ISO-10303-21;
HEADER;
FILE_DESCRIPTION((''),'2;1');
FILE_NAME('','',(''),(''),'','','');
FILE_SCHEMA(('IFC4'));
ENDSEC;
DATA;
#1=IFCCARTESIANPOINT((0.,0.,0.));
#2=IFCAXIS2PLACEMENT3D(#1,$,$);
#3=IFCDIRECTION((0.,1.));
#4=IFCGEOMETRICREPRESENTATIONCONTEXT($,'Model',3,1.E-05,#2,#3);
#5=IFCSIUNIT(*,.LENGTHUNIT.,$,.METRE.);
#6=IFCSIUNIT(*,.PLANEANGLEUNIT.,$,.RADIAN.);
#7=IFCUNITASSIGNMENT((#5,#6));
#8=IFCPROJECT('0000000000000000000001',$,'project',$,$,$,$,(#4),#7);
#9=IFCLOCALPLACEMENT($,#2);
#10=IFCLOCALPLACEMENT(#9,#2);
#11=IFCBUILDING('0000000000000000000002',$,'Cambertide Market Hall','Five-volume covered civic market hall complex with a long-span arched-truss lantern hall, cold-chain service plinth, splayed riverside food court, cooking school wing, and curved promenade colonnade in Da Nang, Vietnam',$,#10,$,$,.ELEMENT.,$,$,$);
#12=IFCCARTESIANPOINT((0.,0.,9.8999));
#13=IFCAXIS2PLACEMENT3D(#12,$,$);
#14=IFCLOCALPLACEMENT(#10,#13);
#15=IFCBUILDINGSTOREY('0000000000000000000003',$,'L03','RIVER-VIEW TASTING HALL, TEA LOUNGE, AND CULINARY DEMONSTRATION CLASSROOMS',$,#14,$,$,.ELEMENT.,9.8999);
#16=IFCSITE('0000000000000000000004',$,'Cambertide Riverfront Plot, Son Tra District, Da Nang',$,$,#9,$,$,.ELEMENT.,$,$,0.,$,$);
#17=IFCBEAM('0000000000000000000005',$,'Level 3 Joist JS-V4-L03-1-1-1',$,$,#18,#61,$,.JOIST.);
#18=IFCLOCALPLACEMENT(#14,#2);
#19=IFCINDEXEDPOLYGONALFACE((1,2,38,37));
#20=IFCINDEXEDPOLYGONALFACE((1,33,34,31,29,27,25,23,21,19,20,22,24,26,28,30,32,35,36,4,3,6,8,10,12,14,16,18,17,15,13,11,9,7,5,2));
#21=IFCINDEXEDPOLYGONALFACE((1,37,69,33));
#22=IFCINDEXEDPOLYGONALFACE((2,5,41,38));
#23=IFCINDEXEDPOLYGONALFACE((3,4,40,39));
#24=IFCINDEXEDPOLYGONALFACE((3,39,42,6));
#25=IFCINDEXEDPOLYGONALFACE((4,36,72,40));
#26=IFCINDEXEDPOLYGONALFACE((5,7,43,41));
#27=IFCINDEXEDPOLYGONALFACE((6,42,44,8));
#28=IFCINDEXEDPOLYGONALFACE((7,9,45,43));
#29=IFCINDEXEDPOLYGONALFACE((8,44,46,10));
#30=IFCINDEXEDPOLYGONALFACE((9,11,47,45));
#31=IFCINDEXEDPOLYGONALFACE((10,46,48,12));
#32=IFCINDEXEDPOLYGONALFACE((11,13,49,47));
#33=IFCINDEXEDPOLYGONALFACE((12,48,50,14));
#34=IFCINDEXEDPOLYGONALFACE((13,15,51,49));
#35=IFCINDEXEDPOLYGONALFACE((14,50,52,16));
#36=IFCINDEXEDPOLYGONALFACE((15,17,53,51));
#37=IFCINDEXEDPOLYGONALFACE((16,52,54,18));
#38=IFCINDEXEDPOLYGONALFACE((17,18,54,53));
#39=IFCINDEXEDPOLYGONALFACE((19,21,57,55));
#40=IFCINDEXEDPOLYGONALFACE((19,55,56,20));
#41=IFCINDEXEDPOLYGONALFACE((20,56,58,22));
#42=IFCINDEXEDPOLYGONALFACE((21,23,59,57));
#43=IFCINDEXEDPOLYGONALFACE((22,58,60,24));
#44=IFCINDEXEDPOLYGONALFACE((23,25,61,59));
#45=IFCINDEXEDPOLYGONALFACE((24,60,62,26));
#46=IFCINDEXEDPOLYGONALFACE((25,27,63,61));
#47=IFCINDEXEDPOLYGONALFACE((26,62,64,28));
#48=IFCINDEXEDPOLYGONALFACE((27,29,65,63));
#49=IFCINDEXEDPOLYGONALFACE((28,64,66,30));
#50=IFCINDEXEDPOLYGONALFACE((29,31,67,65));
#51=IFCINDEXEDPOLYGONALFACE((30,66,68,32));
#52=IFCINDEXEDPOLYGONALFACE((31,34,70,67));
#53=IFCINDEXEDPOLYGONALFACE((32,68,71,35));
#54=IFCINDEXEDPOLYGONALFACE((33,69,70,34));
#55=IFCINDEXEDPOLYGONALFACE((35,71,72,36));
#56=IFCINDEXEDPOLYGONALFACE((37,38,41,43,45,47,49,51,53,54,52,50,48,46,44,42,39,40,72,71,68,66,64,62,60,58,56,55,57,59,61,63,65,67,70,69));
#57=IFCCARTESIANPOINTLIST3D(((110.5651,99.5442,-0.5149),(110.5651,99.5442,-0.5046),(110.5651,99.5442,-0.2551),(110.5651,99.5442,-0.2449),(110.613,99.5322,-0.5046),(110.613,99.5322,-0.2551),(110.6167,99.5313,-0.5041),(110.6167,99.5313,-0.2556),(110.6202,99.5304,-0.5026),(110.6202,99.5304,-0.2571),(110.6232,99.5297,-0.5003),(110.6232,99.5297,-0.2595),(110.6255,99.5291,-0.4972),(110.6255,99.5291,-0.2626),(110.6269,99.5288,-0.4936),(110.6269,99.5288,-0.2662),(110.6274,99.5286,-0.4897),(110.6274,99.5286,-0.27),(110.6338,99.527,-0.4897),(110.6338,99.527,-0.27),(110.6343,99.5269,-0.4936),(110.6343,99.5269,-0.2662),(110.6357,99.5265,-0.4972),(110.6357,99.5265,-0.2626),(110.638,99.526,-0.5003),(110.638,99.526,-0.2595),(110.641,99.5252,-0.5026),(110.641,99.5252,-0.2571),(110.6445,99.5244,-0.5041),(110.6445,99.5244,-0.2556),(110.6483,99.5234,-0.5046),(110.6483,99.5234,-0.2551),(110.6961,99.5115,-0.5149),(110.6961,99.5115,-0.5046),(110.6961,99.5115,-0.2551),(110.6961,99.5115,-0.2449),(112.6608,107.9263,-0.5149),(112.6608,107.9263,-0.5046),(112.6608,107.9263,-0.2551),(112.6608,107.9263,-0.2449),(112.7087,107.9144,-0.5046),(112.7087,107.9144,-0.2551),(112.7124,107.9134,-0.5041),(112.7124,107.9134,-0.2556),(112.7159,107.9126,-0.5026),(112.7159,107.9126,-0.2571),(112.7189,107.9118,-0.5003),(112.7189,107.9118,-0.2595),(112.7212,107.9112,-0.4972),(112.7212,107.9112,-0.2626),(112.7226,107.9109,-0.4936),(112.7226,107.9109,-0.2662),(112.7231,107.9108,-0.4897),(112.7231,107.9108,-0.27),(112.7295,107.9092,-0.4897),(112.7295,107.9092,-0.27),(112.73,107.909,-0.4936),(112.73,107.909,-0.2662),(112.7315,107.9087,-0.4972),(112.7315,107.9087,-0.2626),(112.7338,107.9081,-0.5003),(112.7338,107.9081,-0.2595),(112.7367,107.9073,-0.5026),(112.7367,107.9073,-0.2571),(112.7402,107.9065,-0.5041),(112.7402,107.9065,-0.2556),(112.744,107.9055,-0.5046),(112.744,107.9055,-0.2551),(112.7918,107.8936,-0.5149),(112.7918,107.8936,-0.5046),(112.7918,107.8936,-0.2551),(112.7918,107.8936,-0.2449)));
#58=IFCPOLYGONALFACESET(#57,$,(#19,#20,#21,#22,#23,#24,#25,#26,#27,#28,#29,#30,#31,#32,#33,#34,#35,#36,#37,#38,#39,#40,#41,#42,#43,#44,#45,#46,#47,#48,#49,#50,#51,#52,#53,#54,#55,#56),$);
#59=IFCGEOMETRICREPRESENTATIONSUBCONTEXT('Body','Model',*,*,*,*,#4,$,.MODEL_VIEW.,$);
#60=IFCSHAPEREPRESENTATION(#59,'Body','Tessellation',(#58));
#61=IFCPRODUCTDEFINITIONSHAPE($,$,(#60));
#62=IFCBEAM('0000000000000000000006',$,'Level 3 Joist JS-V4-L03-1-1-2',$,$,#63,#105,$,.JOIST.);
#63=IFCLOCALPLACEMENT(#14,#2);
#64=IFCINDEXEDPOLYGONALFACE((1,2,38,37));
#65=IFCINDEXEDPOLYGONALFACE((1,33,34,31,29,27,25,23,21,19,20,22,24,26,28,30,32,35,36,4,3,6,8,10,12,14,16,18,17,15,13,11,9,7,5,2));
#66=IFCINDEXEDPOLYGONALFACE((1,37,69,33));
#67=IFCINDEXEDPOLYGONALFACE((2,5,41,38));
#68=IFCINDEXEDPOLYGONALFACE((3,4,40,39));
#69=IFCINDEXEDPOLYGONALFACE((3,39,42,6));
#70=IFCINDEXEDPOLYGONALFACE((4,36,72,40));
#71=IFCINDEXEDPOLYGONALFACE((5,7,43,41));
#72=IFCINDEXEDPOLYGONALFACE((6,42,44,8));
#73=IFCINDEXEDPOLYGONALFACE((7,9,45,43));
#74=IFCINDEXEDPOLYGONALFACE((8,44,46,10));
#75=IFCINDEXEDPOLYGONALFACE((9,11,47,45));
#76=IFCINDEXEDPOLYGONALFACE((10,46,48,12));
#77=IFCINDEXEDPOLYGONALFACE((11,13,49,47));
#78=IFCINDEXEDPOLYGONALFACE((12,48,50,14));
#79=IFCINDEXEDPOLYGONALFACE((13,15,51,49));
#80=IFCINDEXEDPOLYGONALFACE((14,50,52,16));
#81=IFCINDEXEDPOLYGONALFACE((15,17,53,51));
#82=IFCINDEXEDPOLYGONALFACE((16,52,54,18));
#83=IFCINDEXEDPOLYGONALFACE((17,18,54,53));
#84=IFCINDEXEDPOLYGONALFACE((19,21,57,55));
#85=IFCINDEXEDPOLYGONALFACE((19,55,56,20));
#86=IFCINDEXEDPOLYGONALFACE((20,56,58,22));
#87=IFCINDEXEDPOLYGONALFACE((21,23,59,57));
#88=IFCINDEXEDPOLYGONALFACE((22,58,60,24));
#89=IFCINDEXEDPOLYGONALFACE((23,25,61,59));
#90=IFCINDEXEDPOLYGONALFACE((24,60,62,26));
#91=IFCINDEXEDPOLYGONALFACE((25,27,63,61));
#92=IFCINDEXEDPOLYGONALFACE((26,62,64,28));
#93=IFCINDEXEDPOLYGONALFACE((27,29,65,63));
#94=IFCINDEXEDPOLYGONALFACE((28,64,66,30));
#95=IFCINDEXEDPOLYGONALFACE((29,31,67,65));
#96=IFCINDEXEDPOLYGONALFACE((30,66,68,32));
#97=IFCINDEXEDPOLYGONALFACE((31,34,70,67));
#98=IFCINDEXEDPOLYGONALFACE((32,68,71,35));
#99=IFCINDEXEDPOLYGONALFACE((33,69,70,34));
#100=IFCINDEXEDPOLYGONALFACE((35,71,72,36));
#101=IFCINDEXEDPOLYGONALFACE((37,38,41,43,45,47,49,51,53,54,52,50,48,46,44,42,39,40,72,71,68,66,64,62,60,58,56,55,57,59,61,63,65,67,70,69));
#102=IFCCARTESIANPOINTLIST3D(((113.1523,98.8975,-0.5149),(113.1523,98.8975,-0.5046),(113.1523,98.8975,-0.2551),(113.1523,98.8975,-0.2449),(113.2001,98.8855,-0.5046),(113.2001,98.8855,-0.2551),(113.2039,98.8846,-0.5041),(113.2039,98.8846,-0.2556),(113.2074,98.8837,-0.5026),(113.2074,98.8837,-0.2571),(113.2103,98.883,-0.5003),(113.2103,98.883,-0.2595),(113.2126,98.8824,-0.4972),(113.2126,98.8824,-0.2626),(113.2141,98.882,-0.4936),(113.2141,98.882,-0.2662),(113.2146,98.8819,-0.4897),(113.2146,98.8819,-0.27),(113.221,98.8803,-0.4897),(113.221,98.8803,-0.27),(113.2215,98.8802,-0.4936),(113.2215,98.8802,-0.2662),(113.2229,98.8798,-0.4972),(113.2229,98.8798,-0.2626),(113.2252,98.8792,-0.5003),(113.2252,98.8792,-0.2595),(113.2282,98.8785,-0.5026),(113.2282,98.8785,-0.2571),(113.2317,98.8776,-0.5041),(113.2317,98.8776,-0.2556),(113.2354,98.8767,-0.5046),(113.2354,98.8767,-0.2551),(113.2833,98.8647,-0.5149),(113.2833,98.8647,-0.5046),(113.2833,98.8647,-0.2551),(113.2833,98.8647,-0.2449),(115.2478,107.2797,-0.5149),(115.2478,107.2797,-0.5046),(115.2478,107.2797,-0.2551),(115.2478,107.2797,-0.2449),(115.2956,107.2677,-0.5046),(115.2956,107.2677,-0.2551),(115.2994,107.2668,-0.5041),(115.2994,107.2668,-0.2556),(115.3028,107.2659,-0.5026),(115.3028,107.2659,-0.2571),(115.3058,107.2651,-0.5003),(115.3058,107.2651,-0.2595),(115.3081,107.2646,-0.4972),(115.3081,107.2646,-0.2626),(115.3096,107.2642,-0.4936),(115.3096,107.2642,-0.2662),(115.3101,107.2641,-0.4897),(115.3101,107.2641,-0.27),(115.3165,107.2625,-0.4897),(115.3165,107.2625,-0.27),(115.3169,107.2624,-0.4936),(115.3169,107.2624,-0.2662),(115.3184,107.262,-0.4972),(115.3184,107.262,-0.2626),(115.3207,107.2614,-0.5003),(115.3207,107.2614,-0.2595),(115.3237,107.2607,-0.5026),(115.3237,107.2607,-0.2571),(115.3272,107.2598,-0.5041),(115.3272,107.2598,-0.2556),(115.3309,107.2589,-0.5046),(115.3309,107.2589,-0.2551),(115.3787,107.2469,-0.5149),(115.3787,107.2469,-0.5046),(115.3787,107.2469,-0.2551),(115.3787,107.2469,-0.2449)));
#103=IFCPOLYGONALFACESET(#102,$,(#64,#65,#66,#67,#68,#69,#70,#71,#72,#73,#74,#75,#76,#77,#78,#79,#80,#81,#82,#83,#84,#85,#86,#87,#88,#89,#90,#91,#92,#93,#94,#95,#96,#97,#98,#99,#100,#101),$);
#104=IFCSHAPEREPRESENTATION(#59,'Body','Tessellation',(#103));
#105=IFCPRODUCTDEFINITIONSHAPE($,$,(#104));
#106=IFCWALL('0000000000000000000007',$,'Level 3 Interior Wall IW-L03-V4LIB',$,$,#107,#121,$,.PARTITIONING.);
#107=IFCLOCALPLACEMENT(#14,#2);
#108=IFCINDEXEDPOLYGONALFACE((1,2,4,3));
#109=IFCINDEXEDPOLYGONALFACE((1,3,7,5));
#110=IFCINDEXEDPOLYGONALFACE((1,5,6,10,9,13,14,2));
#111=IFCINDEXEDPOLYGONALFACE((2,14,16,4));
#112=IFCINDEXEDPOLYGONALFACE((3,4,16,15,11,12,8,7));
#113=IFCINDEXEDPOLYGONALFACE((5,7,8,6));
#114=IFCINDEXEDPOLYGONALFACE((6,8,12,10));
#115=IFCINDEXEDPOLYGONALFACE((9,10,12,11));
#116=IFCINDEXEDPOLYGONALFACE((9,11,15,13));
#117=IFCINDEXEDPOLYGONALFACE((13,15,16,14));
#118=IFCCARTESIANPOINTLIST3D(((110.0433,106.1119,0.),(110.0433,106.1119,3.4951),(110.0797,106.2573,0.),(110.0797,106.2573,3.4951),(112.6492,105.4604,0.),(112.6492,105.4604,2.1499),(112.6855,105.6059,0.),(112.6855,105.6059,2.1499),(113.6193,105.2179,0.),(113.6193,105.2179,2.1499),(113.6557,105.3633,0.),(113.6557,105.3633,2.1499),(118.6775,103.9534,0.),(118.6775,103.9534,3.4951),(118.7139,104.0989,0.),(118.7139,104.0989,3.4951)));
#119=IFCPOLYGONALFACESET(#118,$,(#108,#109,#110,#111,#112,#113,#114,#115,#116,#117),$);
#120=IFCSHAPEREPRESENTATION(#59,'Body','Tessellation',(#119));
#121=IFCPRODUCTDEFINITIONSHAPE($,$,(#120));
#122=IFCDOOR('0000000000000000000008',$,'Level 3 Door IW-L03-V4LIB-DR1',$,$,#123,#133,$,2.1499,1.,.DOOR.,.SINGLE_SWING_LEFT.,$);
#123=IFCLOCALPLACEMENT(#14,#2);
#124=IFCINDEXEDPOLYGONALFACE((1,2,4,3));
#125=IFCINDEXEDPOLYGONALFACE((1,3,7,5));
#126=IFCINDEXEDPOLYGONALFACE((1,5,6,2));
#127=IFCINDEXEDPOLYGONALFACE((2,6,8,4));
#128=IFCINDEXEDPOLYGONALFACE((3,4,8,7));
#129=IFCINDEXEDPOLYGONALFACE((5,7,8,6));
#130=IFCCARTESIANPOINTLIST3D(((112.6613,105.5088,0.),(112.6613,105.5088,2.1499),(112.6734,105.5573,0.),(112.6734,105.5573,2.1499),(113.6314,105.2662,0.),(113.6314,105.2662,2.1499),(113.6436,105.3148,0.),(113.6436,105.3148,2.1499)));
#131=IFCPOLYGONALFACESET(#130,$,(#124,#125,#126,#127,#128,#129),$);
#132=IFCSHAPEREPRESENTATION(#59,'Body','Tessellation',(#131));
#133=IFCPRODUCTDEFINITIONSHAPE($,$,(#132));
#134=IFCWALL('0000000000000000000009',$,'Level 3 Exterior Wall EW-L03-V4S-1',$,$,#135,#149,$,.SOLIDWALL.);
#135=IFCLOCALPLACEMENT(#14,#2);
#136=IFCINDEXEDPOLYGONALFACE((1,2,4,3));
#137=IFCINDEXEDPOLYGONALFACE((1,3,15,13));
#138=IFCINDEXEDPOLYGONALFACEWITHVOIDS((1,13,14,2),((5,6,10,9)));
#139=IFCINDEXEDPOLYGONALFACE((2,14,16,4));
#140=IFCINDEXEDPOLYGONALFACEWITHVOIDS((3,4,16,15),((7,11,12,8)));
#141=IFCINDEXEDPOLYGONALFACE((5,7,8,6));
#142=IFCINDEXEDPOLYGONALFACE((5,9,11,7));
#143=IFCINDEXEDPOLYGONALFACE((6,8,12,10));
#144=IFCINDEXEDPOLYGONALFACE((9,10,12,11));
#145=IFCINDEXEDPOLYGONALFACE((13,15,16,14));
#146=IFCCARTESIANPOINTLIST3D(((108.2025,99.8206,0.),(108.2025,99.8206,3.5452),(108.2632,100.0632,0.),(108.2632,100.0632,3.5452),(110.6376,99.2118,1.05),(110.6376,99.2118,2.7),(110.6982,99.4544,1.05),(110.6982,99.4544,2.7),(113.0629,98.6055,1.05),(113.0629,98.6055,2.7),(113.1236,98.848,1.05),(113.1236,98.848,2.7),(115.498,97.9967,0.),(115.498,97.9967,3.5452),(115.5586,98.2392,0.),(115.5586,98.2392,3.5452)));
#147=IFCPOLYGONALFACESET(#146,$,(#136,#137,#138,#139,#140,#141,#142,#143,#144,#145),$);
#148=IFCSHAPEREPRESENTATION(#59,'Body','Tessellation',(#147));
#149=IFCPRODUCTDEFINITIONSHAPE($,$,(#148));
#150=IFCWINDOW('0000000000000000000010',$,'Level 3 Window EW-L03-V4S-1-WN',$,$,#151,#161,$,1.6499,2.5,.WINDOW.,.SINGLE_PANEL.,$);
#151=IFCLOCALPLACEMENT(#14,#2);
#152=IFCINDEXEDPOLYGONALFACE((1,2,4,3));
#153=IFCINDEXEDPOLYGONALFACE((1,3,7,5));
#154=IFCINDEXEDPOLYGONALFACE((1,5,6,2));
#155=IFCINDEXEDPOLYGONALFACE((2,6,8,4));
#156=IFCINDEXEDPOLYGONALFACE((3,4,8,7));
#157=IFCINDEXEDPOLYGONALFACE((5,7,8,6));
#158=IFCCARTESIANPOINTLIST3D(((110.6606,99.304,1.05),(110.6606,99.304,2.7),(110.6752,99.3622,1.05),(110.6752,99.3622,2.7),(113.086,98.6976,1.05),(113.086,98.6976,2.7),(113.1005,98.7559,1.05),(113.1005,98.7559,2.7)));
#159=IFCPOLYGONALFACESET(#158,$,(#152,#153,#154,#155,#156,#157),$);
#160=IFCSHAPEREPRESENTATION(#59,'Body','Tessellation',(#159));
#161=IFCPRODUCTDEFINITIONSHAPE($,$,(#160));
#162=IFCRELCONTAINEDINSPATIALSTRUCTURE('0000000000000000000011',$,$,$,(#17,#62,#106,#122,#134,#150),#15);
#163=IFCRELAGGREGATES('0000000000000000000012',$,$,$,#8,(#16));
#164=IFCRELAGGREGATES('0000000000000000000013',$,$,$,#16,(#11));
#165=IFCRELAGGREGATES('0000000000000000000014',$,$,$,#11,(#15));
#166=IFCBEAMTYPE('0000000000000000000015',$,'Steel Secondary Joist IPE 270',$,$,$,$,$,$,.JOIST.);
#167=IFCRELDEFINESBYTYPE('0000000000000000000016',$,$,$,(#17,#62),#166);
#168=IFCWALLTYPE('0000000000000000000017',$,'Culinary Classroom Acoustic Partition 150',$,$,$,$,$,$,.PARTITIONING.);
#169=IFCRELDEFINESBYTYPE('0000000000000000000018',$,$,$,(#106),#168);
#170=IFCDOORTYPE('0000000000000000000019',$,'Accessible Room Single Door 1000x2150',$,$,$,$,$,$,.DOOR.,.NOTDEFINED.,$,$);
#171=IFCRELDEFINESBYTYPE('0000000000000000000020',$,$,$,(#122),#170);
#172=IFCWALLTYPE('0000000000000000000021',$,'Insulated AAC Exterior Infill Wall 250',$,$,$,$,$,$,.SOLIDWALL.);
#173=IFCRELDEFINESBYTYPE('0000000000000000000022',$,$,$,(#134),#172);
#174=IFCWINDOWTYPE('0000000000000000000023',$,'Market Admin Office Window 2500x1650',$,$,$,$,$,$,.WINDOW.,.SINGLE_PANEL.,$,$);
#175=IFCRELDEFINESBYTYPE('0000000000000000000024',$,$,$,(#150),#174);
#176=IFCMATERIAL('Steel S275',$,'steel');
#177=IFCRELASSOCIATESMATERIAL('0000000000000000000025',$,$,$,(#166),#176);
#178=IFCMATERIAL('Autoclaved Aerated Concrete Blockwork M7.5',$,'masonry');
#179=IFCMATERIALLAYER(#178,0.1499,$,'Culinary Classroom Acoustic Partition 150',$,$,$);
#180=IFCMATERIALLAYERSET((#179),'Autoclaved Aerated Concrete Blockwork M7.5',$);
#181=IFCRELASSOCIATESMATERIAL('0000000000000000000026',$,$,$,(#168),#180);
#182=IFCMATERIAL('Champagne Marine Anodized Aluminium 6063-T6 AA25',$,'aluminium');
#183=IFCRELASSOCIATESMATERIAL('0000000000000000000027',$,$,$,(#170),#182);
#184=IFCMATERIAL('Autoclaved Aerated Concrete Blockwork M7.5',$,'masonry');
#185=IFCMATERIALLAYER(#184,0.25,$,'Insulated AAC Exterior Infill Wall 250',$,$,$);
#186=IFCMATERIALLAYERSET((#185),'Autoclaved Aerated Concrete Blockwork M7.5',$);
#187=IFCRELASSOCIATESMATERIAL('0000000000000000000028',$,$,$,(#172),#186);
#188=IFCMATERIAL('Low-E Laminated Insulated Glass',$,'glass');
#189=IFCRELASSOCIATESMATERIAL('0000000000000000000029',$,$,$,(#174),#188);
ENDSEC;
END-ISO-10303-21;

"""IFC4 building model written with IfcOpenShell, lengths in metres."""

from ifc_helpers import new_model, si_unit, direction, frame, frame_2d, origin, origin_2d, place, context, subcontext, project, spatial, rectangle, i_section, extrude, material, layer, layer_set, material_profile, profile_set, type_object, element, fill, save


model = new_model("IFC4")

# Units and contexts
model_context = context("Model", 3, precision=1e-05, world=origin(), true_north=direction((0.0, 1.0)))
body_context = subcontext(model_context, "Body", "Model", "MODEL_VIEW")
ifc_project = project(units=[si_unit("LENGTHUNIT", "METRE"), si_unit("PLANEANGLEUNIT", "RADIAN")], contexts=[model_context])

# Site, building, storey
site_placement = place(None, origin())
site = spatial("IfcSite", under=ifc_project, at=site_placement, Name="Cambertide Riverfront Plot, Son Tra District, Da Nang", CompositionType="ELEMENT", RefElevation=0.0)
building_placement = place(site_placement, origin())
building = spatial("IfcBuilding", under=site, at=building_placement, Name="Cambertide Market Hall", Description="Five-volume covered civic market hall complex with a long-span arched-truss lantern hall, cold-chain service plinth, splayed riverside food court, cooking school wing, and curved promenade colonnade in Da Nang, Vietnam", CompositionType="ELEMENT")
storey_placement = place(building_placement, frame((0.0, 0.0, 9.8999)))
storey = spatial("IfcBuildingStorey", under=building, at=storey_placement, Name="L03", Description="RIVER-VIEW TASTING HALL, TEA LOUNGE, AND CULINARY DEMONSTRATION CLASSROOMS", CompositionType="ELEMENT", Elevation=9.8999)

# Beams
ifc_material_1 = material(Name="Steel S275", Category="steel")
ifc_material_profile_1 = material_profile(ifc_material_1, i_section(OverallWidth=0.135, OverallDepth=0.27, WebThickness=0.0066, FlangeThickness=0.0103, FilletRadius=0.0149, at=origin_2d()), Name="IPE 270")
ifc_profile_set_1 = profile_set([ifc_material_profile_1], Name="Steel S275")
beam_type_1 = type_object("IfcBeamType", Name="Steel Secondary Joist IPE 270", PredefinedType="JOIST", material=ifc_profile_set_1)
for number, where, z_axis, x_axis, name in (
    (1, (110.6306, 99.5278, -0.3799), (0.242556, 0.970138, 0.0), (-0.970138, 0.242556, 0.0), "Level 3 Joist JS-V4-L03-1-1-1"),
    (2, (113.2178, 98.8811, -0.3799), (0.242529, 0.970144, 0.0), (-0.970144, 0.242529, 0.0), "Level 3 Joist JS-V4-L03-1-1-2"),
):
    element("IfcBeam", number, at=place(storey_placement, frame(where, z_axis=z_axis, x_axis=x_axis)), inside=storey, type_object=beam_type_1, Name=name, PredefinedType="JOIST", context=body_context, shape_type="SweptSolid", body=[
        extrude(i_section(OverallWidth=0.135, OverallDepth=0.27, WebThickness=0.0066, FlangeThickness=0.0103, FilletRadius=0.0149, at=origin_2d()), origin(), (0.0, 0.0, 1.0), 8.6401),
    ])

# Wall, opening, door
ifc_material_2 = material(Name="Autoclaved Aerated Concrete Blockwork M7.5", Category="masonry")
ifc_layer_1 = layer(ifc_material_2, 0.1499, Name="Culinary Classroom Acoustic Partition 150")
ifc_layer_set_1 = layer_set([ifc_layer_1], Name="Autoclaved Aerated Concrete Blockwork M7.5")
wall_type_1 = type_object("IfcWallType", Name="Culinary Classroom Acoustic Partition 150", PredefinedType="PARTITIONING", material=ifc_layer_set_1)
wall_1_placement = place(storey_placement, frame((110.0615, 106.1846, 0.0), z_axis=(0.0, 0.0, 1.0), x_axis=(0.970146, -0.242523, 0.0)))
wall_1 = element("IfcWall", 3, at=wall_1_placement, inside=storey, type_object=wall_type_1, Name="Level 3 Interior Wall IW-L03-V4LIB", PredefinedType="PARTITIONING", context=body_context, shape_type="SweptSolid", body=[
    extrude(rectangle(XDim=8.8999, YDim=0.1499, at=frame_2d((4.45, 0.0))), origin(), (0.0, 0.0, 1.0), 3.4951),
])
opening_1_placement = place(wall_1_placement, frame((2.686, 0.0, 0.0)))
opening_1 = element("IfcOpeningElement", 4, at=opening_1_placement, cuts=wall_1, PredefinedType="OPENING", context=body_context, shape_type="SweptSolid", body=[
    extrude(rectangle(XDim=1.0, YDim=2.1499, at=frame_2d((0.5, 1.075))), frame((0.0, 0.085, 0.0), z_axis=(0.0, -1.0, 0.0), x_axis=(1.0, 0.0, 0.0)), (0.0, 0.0, 1.0), 0.1699),
])
ifc_material_3 = material(Name="Champagne Marine Anodized Aluminium 6063-T6 AA25", Category="aluminium")
door_type_1 = type_object("IfcDoorType", Name="Accessible Room Single Door 1000x2150", OperationType="NOTDEFINED", PredefinedType="DOOR", material=ifc_material_3)
door_1_placement = place(opening_1_placement, origin())
door_1 = element("IfcDoor", 5, at=door_1_placement, inside=storey, type_object=door_type_1, Name="Level 3 Door IW-L03-V4LIB-DR1", OperationType="SINGLE_SWING_LEFT", OverallHeight=2.1499, OverallWidth=1.0, PredefinedType="DOOR", context=body_context, shape_type="SweptSolid", body=[
    extrude(rectangle(XDim=1.0, YDim=2.1499, at=frame_2d((0.5, 1.075))), frame((0.0, 0.0249, 0.0), z_axis=(0.0, -1.0, 0.0), x_axis=(1.0, 0.0, 0.0)), (0.0, 0.0, 1.0), 0.05),
])
fill(opening_1, door_1)

# Wall, opening, window
ifc_material_4 = material(Name="Autoclaved Aerated Concrete Blockwork M7.5", Category="masonry")
ifc_layer_2 = layer(ifc_material_4, 0.25, Name="Insulated AAC Exterior Infill Wall 250")
ifc_layer_set_2 = layer_set([ifc_layer_2], Name="Autoclaved Aerated Concrete Blockwork M7.5")
wall_type_2 = type_object("IfcWallType", Name="Insulated AAC Exterior Infill Wall 250", PredefinedType="SOLIDWALL", material=ifc_layer_set_2)
wall_2_placement = place(storey_placement, frame((115.5283, 98.1179, 0.0), z_axis=(0.0, 0.0, 1.0), x_axis=(-0.970139, 0.242551, 0.0)))
wall_2 = element("IfcWall", 6, at=wall_2_placement, inside=storey, type_object=wall_type_2, Name="Level 3 Exterior Wall EW-L03-V4S-1", PredefinedType="SOLIDWALL", context=body_context, shape_type="SweptSolid", body=[
    extrude(rectangle(XDim=7.52, YDim=0.25, at=frame_2d((3.76, 0.0))), origin(), (0.0, 0.0, 1.0), 3.5452),
])
opening_2_placement = place(wall_2_placement, frame((2.51, 0.0, 1.05)))
opening_2 = element("IfcOpeningElement", 7, at=opening_2_placement, cuts=wall_2, PredefinedType="OPENING", context=body_context, shape_type="SweptSolid", body=[
    extrude(rectangle(XDim=2.5, YDim=1.6499, at=frame_2d((1.25, 0.825))), frame((0.0, 0.135, 0.0), z_axis=(0.0, -1.0, 0.0), x_axis=(1.0, 0.0, 0.0)), (0.0, 0.0, 1.0), 0.27),
])
ifc_material_5 = material(Name="Low-E Laminated Insulated Glass", Category="glass")
window_type_1 = type_object("IfcWindowType", Name="Market Admin Office Window 2500x1650", PartitioningType="SINGLE_PANEL", PredefinedType="WINDOW", material=ifc_material_5)
window_1_placement = place(opening_2_placement, origin())
window_1 = element("IfcWindow", 8, at=window_1_placement, inside=storey, type_object=window_type_1, Name="Level 3 Window EW-L03-V4S-1-WN", OverallHeight=1.6499, OverallWidth=2.5, PartitioningType="SINGLE_PANEL", PredefinedType="WINDOW", context=body_context, shape_type="SweptSolid", body=[
    extrude(rectangle(XDim=2.5, YDim=1.6499, at=frame_2d((1.25, 0.825))), frame((0.0, 0.03, 0.0), z_axis=(0.0, -1.0, 0.0), x_axis=(1.0, 0.0, 0.0)), (0.0, 0.0, 1.0), 0.0601),
])
fill(opening_2, window_1)

save(model, "model.ifc")
